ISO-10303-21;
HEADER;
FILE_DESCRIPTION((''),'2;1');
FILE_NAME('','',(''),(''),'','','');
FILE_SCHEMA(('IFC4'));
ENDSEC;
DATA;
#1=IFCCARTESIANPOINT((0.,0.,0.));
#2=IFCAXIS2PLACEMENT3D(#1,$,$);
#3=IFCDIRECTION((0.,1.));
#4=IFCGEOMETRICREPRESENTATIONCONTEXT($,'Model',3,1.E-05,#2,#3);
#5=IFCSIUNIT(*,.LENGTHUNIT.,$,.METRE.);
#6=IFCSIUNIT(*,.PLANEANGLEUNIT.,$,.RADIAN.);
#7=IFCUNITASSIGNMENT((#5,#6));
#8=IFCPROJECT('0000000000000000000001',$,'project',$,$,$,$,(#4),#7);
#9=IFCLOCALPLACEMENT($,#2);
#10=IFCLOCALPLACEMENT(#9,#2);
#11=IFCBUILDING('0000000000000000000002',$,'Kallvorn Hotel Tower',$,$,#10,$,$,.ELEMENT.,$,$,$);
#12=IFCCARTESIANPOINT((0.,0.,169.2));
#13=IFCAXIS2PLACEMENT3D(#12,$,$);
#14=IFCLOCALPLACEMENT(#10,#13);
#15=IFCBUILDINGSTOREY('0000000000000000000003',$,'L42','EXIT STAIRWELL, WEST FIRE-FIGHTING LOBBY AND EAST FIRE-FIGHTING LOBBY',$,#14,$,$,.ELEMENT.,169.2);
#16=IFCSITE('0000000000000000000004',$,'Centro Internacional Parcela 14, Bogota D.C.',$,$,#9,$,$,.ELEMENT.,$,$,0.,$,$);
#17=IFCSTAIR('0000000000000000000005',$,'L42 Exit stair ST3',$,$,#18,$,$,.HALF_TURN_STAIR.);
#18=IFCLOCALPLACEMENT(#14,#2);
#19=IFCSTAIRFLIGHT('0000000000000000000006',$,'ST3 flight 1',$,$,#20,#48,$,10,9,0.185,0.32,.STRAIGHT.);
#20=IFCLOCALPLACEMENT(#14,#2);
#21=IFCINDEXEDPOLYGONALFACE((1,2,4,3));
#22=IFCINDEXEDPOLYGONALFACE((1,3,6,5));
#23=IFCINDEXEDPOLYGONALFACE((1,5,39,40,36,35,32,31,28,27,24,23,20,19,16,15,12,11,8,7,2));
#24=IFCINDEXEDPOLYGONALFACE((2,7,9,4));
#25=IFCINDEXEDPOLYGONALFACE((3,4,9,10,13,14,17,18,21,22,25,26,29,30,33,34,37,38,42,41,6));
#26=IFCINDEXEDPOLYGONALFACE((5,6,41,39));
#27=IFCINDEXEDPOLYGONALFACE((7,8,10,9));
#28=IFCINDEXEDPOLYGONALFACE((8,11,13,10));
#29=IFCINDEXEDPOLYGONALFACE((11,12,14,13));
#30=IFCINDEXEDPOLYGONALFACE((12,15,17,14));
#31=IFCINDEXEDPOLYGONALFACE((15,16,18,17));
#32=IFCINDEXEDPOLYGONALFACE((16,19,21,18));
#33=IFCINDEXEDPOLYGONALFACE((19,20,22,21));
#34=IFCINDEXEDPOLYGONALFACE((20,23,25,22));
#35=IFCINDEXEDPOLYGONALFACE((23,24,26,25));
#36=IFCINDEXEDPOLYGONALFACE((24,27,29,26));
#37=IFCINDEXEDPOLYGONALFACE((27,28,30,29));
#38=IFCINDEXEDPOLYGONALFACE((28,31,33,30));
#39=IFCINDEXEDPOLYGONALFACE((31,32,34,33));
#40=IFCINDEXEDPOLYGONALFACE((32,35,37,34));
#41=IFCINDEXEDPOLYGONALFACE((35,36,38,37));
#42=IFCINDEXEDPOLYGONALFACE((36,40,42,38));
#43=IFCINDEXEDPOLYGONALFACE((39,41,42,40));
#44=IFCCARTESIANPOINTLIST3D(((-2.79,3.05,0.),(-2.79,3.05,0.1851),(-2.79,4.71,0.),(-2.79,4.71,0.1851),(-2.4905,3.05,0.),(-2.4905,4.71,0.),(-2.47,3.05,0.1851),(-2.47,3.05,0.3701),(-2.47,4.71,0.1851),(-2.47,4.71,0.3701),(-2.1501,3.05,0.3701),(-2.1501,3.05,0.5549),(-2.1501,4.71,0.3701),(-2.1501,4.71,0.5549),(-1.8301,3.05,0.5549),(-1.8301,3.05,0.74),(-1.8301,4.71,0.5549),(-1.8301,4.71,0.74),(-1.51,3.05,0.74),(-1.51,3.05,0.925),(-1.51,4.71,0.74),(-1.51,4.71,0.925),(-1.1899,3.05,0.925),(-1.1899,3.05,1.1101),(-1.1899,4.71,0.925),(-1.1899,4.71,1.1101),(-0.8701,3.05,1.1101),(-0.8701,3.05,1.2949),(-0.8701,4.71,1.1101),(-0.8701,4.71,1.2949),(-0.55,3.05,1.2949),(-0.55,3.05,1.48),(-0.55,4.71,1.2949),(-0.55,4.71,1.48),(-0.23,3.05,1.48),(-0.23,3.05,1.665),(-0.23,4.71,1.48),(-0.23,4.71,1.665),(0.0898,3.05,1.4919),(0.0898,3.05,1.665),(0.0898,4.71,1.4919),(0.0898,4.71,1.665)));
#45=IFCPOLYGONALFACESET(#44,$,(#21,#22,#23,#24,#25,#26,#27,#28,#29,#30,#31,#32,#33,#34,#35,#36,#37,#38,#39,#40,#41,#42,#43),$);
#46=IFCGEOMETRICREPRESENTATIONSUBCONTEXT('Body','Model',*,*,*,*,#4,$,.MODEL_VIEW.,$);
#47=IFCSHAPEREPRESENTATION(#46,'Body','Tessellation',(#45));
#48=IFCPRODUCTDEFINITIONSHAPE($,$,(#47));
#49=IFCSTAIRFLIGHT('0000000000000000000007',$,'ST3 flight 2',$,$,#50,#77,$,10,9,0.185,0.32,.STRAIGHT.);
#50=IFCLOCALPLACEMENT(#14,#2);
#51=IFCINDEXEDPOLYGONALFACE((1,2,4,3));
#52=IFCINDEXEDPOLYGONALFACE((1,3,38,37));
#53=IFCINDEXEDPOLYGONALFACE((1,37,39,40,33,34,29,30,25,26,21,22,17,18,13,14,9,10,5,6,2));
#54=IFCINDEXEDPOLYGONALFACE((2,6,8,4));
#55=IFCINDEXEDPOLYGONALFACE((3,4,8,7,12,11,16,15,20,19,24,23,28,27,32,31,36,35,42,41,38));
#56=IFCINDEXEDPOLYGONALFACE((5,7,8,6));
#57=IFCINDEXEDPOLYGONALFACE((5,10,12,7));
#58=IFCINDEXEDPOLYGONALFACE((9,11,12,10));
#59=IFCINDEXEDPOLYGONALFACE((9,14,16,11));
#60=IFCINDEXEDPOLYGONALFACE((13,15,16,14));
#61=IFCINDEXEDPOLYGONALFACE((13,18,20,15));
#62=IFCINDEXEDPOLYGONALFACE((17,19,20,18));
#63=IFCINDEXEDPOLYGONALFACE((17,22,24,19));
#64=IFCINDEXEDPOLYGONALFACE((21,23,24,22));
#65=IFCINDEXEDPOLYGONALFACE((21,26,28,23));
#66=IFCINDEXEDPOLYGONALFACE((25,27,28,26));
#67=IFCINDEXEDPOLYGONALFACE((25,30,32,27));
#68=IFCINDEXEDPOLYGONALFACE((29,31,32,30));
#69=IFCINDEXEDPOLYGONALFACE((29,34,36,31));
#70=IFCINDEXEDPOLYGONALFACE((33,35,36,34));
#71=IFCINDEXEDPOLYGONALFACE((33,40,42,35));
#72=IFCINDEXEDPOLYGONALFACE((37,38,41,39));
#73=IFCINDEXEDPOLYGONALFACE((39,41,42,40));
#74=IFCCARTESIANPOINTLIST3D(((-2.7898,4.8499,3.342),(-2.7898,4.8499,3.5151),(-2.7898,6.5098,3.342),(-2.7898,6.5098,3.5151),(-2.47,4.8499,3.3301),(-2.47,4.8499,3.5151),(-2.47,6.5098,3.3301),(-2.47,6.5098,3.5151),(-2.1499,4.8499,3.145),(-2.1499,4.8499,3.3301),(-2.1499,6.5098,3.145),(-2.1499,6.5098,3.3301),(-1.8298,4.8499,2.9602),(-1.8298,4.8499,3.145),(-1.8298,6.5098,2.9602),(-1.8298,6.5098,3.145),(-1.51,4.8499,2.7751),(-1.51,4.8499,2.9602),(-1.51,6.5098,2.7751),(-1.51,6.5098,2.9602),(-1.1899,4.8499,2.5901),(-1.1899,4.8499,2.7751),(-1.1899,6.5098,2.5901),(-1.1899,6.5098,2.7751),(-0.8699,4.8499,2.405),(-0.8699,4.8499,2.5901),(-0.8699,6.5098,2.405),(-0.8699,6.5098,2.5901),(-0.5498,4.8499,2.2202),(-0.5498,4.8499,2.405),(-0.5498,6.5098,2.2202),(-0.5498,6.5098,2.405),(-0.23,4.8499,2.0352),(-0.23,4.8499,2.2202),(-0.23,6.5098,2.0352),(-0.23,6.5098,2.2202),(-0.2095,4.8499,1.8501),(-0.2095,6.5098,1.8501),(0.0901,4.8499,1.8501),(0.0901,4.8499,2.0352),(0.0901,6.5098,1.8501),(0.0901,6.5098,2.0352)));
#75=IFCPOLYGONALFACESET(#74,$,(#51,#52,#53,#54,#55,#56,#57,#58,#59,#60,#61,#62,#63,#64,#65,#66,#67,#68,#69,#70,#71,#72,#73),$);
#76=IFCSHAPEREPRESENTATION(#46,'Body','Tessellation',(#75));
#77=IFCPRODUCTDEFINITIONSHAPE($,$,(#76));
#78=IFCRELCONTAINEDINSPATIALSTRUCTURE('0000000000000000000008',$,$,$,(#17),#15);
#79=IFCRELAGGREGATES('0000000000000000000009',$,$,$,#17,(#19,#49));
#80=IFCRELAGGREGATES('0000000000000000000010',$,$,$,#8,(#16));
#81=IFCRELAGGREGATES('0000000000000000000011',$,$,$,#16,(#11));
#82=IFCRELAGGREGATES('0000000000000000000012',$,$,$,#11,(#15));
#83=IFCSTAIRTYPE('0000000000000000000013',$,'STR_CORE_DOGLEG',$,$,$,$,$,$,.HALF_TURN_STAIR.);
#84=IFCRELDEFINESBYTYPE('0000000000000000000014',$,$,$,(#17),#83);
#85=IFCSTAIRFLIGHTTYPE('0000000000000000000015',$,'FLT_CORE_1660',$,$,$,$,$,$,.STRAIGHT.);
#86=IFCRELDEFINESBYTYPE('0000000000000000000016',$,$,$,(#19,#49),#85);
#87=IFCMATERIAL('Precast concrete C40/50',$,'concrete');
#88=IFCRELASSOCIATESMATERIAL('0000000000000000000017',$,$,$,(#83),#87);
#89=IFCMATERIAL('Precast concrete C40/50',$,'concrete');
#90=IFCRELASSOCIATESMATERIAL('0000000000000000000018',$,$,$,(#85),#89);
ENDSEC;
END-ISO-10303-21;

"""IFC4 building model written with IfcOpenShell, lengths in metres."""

from ifc_helpers import new_model, si_unit, direction, frame, origin, place, context, subcontext, project, spatial, polyline, outline, extrude, material, type_object, element, aggregate, save


model = new_model("IFC4")

# Units and contexts
model_context = context("Model", 3, precision=1e-05, world=origin(), true_north=direction((0.0, 1.0)))
body_context = subcontext(model_context, "Body", "Model", "MODEL_VIEW")
ifc_project = project(units=[si_unit("LENGTHUNIT", "METRE"), si_unit("PLANEANGLEUNIT", "RADIAN")], contexts=[model_context])

# Site, building, storey
site_placement = place(None, origin())
site = spatial("IfcSite", under=ifc_project, at=site_placement, Name="Centro Internacional Parcela 14, Bogota D.C.", CompositionType="ELEMENT", RefElevation=0.0)
building_placement = place(site_placement, origin())
building = spatial("IfcBuilding", under=site, at=building_placement, Name="Kallvorn Hotel Tower", CompositionType="ELEMENT")
storey_placement = place(building_placement, frame((0.0, 0.0, 169.2)))
storey = spatial("IfcBuildingStorey", under=building, at=storey_placement, Name="L42", Description="EXIT STAIRWELL, WEST FIRE-FIGHTING LOBBY AND EAST FIRE-FIGHTING LOBBY", CompositionType="ELEMENT", Elevation=169.2)

# Stair
ifc_material_1 = material(Name="Precast concrete C40/50", Category="concrete")
stair_type = type_object("IfcStairType", Name="STR_CORE_DOGLEG", PredefinedType="HALF_TURN_STAIR", material=ifc_material_1)
stair_1_placement = place(storey_placement, origin())
stair_1 = element("IfcStair", 1, at=stair_1_placement, inside=storey, type_object=stair_type, Name="L42 Exit stair ST3", PredefinedType="HALF_TURN_STAIR")

# Stair flights
ifc_material_2 = material(Name="Precast concrete C40/50", Category="concrete")
stair_flight_type = type_object("IfcStairFlightType", Name="FLT_CORE_1660", PredefinedType="STRAIGHT", material=ifc_material_2)
stair_flight_1_placement = place(storey_placement, frame((-2.79, 3.8799, 0.0), z_axis=(0.0, 0.0, 1.0), x_axis=(1.0, 0.0, 0.0)))
stair_flight_1 = element("IfcStairFlight", 2, at=stair_flight_1_placement, type_object=stair_flight_type, Name="ST3 flight 1", NumberOfRisers=10, NumberOfTreads=9, PredefinedType="STRAIGHT", RiserHeight=0.185, TreadLength=0.32, context=body_context, shape_type="SweptSolid", body=[
    extrude(outline(polyline([(0.0, 0.0), (0.0, 0.1851), (0.3201, 0.1851), (0.3201, 0.3701), (0.6399, 0.3701), (0.6399, 0.5549), (0.96, 0.5549), (0.96, 0.74), (1.28, 0.74), (1.28, 0.925), (1.6001, 0.925), (1.6001, 1.1101), (1.9199, 1.1101), (1.9199, 1.2949), (2.24, 1.2949), (2.24, 1.48), (2.5601, 1.48), (2.5601, 1.665), (2.8799, 1.665), (2.8799, 1.8501), (2.8799, 1.4919), (0.2996, 0.0), (0.0, 0.0)])), frame((0.0, 0.8301, 0.0), z_axis=(0.0, -1.0, 0.0), x_axis=(1.0, 0.0, 0.0)), (0.0, 0.0, 1.0), 1.6599),
])
stair_flight_2_placement = place(storey_placement, frame((0.0901, 5.6799, 1.8501), z_axis=(0.0, 0.0, 1.0), x_axis=(-1.0, 0.0, 0.0)))
stair_flight_2 = element("IfcStairFlight", 3, at=stair_flight_2_placement, type_object=stair_flight_type, Name="ST3 flight 2", NumberOfRisers=10, NumberOfTreads=9, PredefinedType="STRAIGHT", RiserHeight=0.185, TreadLength=0.32, context=body_context, shape_type="SweptSolid", body=[
    extrude(outline(polyline([(0.0, 0.0), (0.0, 0.1851), (0.3201, 0.1851), (0.3201, 0.3701), (0.6399, 0.3701), (0.6399, 0.5549), (0.96, 0.5549), (0.96, 0.74), (1.28, 0.74), (1.28, 0.925), (1.6001, 0.925), (1.6001, 1.1101), (1.9199, 1.1101), (1.9199, 1.2949), (2.24, 1.2949), (2.24, 1.48), (2.5601, 1.48), (2.5601, 1.665), (2.8799, 1.665), (2.8799, 1.8501), (2.8799, 1.4919), (0.2996, 0.0), (0.0, 0.0)])), frame((0.0, 0.8301, 0.0), z_axis=(0.0, -1.0, 0.0), x_axis=(1.0, 0.0, 0.0)), (0.0, 0.0, 1.0), 1.6599),
])
aggregate(stair_1, [stair_flight_1, stair_flight_2])

save(model, "model.ifc")
